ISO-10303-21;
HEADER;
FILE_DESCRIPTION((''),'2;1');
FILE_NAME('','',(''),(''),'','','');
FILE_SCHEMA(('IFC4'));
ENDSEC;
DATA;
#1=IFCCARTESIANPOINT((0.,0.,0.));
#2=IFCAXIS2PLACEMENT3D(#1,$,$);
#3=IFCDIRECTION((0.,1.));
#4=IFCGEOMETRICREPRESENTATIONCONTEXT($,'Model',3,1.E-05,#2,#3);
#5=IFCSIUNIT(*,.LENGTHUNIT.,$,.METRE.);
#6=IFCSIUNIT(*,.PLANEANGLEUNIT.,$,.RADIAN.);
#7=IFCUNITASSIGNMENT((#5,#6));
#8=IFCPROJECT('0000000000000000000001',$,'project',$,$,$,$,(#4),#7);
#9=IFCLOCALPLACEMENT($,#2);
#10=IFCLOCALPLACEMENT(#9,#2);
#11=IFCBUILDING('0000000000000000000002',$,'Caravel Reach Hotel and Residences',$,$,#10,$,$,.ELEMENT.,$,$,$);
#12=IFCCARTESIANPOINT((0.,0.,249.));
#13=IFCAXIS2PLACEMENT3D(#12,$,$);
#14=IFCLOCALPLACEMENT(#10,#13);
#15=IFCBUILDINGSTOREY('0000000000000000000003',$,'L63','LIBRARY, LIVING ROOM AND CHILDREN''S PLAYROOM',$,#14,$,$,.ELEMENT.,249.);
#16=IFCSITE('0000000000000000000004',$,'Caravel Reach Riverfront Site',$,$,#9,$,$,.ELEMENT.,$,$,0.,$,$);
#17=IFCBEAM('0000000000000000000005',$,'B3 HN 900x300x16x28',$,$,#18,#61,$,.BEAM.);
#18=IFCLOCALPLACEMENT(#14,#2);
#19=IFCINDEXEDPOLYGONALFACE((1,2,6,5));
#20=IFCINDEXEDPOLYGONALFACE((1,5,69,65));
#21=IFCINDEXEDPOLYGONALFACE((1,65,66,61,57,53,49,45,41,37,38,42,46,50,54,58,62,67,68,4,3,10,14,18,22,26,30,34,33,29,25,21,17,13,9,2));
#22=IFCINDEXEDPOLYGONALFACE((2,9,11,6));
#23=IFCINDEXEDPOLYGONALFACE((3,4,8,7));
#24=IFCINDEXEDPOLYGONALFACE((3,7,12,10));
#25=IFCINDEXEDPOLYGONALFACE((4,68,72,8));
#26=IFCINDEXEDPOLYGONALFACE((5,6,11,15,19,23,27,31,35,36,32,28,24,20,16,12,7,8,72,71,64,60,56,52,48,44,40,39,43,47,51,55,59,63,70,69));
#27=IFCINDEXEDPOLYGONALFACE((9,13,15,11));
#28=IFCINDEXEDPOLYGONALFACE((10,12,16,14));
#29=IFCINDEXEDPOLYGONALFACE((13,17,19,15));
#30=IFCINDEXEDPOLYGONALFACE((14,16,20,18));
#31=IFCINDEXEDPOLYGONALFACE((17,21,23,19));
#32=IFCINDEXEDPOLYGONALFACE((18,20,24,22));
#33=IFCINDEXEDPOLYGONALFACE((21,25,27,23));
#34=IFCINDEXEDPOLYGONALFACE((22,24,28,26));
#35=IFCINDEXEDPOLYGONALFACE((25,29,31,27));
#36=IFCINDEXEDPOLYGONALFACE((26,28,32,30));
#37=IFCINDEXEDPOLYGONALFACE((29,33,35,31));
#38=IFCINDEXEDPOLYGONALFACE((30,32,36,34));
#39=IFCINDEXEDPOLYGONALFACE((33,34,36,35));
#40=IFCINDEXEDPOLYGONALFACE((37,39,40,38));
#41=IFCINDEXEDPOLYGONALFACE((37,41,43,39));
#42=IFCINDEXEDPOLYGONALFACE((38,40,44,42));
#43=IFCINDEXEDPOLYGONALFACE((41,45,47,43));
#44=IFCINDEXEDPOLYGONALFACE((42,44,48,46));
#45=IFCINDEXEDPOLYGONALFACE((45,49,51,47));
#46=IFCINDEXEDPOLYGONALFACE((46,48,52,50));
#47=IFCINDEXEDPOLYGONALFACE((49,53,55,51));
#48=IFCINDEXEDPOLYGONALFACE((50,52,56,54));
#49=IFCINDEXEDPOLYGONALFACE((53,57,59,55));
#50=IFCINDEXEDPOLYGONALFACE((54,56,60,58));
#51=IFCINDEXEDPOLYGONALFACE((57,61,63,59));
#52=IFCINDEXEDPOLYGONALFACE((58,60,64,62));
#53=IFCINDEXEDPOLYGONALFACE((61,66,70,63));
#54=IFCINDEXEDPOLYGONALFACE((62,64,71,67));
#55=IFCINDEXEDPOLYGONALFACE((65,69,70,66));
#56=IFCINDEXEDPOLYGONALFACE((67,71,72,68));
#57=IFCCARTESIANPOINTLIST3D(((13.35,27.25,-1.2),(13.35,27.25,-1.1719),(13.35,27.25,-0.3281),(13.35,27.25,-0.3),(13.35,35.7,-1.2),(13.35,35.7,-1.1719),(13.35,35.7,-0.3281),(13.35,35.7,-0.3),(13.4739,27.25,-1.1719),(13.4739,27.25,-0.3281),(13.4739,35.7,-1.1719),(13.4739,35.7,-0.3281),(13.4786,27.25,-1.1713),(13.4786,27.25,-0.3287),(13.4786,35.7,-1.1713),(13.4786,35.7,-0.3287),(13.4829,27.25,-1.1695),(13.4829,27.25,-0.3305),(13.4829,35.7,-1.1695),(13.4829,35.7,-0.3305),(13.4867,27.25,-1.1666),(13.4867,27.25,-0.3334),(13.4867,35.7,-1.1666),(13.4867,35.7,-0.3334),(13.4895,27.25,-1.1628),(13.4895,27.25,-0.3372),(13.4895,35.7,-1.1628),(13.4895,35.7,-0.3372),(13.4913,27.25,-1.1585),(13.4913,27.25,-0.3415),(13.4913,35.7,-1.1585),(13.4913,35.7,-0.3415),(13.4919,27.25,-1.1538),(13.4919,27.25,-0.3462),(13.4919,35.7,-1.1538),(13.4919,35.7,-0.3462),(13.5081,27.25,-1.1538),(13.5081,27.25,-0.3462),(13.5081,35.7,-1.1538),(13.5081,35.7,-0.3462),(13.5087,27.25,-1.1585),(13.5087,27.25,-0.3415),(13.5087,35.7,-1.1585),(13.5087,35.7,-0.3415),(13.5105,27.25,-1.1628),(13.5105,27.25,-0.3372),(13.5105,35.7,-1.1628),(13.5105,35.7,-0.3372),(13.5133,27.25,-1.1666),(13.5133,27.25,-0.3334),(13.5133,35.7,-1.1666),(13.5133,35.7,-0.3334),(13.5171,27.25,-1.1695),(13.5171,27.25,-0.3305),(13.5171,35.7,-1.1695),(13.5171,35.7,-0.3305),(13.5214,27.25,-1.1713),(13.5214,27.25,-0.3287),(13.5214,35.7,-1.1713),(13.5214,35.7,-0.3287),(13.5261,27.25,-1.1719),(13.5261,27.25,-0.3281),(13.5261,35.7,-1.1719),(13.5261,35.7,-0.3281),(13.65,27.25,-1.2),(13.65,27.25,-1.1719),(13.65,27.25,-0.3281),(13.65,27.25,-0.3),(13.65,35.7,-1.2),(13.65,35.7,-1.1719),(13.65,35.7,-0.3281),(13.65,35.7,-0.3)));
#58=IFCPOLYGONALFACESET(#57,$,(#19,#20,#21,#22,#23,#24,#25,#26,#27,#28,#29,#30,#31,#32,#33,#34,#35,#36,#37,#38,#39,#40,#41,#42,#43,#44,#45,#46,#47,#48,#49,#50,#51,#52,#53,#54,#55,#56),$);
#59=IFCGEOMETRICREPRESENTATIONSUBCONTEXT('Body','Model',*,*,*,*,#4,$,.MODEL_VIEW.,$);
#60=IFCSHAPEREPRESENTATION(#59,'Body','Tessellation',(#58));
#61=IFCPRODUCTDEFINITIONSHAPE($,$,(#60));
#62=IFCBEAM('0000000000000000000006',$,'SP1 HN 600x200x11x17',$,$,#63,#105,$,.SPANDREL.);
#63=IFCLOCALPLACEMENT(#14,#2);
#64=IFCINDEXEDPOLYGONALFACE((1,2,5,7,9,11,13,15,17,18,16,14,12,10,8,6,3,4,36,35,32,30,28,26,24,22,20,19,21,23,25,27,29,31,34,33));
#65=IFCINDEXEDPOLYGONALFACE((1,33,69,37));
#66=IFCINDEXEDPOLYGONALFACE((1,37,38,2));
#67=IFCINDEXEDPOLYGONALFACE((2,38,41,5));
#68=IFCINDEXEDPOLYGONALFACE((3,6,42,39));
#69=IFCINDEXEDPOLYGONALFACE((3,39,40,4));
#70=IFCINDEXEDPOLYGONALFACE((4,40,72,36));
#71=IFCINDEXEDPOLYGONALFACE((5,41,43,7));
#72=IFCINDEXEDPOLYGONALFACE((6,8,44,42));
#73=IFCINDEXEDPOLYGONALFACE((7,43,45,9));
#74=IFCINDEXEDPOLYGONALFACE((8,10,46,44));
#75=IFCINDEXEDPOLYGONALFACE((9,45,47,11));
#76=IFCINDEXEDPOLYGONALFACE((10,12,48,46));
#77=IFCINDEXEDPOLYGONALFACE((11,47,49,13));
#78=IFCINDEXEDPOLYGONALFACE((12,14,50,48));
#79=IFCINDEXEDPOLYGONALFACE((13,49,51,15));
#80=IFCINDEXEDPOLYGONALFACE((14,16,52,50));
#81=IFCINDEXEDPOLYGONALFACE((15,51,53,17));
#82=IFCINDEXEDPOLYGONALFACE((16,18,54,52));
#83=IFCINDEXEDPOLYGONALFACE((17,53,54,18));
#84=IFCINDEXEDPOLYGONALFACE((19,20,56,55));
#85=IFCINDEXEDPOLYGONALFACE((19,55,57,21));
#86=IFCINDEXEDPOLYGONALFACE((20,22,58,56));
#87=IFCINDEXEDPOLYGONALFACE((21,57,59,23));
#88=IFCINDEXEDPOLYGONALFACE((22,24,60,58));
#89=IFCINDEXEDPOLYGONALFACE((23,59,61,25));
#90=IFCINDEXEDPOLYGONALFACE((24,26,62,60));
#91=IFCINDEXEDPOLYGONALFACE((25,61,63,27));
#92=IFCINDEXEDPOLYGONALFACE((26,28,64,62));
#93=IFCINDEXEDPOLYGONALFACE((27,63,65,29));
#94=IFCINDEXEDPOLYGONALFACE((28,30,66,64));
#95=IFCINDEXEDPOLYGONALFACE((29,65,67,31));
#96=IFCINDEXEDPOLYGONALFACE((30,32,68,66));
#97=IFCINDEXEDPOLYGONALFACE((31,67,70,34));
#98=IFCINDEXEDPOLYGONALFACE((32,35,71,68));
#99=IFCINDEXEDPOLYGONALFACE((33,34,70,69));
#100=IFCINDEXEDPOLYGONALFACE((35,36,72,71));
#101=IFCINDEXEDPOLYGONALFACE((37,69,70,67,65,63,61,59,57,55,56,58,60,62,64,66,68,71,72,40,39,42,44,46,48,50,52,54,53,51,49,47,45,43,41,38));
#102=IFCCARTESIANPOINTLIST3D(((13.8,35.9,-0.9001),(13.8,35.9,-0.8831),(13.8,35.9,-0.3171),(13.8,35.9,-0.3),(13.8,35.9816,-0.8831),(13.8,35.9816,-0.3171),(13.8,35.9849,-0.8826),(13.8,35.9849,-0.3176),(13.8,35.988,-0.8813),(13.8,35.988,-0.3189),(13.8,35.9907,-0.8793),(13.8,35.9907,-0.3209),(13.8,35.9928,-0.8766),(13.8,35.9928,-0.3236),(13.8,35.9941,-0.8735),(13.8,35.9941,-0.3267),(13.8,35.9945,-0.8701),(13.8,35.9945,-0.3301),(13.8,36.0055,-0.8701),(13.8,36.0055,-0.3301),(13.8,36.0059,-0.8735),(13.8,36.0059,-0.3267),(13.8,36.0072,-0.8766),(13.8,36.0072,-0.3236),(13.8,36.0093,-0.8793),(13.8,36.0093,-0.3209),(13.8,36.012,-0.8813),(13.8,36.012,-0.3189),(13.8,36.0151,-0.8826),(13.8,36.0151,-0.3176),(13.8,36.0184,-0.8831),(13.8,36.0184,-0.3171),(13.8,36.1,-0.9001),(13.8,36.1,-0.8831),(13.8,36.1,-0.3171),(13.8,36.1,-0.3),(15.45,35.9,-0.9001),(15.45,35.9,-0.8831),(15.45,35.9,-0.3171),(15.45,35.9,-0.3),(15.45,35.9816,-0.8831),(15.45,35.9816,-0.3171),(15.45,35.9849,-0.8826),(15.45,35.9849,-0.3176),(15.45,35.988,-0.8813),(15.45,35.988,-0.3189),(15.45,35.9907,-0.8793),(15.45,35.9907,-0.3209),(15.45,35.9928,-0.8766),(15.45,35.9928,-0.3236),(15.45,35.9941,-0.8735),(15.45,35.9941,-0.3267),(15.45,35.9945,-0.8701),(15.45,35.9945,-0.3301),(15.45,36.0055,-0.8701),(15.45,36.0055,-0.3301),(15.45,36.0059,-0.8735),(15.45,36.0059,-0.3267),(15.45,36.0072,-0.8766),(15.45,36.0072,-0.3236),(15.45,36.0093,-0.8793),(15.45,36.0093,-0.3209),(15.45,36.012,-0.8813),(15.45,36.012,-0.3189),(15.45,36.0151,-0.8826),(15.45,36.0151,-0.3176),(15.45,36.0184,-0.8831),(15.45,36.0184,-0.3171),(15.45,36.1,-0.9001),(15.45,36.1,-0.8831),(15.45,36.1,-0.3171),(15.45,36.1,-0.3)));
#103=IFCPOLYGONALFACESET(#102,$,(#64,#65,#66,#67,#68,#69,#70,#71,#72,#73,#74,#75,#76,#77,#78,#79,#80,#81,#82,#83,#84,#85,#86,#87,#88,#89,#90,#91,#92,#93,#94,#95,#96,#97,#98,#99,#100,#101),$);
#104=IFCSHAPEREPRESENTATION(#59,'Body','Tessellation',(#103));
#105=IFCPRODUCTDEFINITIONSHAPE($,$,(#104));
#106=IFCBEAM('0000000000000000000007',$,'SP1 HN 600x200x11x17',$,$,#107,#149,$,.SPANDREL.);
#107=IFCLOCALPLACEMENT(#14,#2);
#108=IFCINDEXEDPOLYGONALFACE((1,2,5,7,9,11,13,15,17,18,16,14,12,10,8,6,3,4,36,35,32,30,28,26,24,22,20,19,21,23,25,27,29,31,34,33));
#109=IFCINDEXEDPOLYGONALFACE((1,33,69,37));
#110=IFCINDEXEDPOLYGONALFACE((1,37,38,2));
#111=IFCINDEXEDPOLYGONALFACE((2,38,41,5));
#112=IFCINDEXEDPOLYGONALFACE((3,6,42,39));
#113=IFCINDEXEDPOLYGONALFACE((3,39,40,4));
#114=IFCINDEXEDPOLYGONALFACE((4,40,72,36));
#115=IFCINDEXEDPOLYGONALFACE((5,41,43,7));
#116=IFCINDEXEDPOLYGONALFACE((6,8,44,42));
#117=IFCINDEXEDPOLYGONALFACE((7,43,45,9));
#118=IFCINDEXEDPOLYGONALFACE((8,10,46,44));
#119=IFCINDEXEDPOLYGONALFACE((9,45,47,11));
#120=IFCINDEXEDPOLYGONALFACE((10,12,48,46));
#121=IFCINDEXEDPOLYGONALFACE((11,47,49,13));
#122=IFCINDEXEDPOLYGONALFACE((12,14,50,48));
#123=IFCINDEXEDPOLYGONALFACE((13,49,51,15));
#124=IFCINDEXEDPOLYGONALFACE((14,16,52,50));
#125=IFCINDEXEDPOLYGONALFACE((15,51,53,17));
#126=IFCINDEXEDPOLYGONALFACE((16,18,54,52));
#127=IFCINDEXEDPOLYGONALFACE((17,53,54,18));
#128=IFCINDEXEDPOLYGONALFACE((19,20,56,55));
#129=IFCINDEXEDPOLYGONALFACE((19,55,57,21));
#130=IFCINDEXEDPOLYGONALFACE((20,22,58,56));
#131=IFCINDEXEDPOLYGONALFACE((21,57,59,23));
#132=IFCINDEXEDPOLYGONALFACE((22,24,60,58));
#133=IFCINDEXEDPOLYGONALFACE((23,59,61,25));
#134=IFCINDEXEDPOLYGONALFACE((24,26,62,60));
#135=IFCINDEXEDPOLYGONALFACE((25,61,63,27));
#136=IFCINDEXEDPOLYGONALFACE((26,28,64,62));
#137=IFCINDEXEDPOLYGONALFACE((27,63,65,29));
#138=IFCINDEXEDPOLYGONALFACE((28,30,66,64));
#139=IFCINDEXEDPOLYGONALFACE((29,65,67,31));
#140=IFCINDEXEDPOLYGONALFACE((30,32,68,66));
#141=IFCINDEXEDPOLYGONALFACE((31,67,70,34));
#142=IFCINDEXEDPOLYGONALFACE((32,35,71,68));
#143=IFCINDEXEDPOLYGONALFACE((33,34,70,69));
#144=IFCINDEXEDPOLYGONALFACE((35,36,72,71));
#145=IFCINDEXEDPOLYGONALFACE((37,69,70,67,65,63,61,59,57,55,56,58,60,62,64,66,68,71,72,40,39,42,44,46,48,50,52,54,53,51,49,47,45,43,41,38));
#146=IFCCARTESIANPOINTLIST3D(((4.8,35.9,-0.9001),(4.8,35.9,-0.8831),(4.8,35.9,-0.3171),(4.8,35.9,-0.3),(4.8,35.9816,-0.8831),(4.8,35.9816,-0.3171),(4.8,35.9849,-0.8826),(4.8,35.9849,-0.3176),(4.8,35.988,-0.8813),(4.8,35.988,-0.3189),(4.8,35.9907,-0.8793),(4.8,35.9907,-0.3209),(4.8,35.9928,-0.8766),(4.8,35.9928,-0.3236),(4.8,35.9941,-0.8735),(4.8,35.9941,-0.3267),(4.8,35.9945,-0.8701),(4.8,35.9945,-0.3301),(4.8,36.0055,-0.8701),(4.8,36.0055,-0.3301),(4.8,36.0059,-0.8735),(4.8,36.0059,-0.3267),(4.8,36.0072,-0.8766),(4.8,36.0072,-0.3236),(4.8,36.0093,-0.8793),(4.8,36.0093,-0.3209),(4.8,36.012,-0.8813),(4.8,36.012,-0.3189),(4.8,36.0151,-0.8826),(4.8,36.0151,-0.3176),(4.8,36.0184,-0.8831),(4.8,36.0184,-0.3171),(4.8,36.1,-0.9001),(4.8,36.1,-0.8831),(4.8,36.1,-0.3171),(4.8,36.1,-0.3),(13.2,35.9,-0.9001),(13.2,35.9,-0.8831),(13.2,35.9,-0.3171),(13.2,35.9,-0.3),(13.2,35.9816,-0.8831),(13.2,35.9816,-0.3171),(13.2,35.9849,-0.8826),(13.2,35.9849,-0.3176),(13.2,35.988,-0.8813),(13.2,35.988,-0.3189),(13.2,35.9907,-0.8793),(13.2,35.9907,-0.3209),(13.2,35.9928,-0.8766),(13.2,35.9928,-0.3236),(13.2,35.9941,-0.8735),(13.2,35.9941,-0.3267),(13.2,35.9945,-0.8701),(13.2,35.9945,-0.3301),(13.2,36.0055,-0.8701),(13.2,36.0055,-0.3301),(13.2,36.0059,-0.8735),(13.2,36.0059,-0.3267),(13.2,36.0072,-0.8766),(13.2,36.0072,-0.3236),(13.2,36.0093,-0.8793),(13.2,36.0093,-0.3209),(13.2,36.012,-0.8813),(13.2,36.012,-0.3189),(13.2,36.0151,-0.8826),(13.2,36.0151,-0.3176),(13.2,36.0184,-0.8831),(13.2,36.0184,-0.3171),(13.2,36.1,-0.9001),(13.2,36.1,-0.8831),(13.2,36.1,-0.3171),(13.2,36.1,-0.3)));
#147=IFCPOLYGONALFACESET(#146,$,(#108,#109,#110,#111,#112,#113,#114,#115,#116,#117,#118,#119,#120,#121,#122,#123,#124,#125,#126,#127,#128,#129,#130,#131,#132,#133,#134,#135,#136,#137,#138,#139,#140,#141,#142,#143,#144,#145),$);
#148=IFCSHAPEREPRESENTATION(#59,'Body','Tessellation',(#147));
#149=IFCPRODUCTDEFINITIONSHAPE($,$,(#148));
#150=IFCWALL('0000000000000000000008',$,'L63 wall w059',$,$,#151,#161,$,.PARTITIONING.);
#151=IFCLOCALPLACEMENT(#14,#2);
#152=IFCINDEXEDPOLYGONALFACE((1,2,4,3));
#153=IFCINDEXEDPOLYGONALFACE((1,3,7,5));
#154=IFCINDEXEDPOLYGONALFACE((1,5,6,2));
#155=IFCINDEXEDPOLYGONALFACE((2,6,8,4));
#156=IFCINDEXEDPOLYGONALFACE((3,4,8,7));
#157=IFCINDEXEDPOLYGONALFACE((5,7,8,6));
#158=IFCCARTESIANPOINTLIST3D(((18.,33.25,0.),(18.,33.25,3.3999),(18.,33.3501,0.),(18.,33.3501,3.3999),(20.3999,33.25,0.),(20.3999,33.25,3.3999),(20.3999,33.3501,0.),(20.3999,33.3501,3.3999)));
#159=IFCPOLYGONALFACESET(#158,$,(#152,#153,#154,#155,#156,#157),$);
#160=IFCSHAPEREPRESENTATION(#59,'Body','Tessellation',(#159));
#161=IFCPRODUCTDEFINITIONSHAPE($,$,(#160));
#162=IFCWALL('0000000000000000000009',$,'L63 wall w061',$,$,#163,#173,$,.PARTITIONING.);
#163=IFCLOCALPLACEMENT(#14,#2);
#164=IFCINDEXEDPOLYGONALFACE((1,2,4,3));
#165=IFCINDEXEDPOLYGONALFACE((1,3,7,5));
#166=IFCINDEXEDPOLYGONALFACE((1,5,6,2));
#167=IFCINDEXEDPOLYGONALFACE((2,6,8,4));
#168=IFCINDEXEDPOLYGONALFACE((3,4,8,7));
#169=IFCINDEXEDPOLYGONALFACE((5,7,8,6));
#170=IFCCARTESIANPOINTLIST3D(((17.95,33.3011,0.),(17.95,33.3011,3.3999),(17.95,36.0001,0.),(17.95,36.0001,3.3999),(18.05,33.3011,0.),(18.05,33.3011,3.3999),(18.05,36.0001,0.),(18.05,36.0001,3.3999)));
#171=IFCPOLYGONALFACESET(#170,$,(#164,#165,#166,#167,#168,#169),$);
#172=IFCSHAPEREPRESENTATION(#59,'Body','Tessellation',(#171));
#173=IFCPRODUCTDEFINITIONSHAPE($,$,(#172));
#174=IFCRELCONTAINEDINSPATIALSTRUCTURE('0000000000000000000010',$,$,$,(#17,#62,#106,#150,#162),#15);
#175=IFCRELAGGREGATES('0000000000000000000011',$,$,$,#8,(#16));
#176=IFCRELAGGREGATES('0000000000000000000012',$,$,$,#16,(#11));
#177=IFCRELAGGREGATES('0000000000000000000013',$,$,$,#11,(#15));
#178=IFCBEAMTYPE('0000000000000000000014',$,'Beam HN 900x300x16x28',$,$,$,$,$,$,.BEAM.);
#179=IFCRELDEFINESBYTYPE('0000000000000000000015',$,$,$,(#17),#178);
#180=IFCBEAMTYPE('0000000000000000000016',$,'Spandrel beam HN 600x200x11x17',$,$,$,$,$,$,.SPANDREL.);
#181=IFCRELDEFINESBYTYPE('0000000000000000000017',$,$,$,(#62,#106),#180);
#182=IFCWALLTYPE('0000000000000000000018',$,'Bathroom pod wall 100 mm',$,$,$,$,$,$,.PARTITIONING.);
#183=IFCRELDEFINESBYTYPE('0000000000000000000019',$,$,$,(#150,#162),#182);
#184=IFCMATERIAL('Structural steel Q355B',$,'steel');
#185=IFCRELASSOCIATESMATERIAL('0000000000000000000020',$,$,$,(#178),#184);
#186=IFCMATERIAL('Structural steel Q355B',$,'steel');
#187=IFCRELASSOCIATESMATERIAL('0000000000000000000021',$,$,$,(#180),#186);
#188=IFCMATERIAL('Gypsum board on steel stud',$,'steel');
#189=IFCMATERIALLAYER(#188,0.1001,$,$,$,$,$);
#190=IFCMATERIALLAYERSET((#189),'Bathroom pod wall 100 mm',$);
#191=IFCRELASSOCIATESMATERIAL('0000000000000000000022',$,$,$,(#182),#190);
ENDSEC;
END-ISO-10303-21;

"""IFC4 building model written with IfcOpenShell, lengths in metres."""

from ifc_helpers import new_model, si_unit, direction, frame, frame_2d, origin, origin_2d, place, context, subcontext, project, spatial, rectangle, i_section, extrude, material, layer, layer_set, material_profile, profile_set, type_object, element, save


model = new_model("IFC4")

# Units and contexts
model_context = context("Model", 3, precision=1e-05, world=origin(), true_north=direction((0.0, 1.0)))
body_context = subcontext(model_context, "Body", "Model", "MODEL_VIEW")
ifc_project = project(units=[si_unit("LENGTHUNIT", "METRE"), si_unit("PLANEANGLEUNIT", "RADIAN")], contexts=[model_context])

# Site, building, storey
site_placement = place(None, origin())
site = spatial("IfcSite", under=ifc_project, at=site_placement, Name="Caravel Reach Riverfront Site", CompositionType="ELEMENT", RefElevation=0.0)
building_placement = place(site_placement, origin())
building = spatial("IfcBuilding", under=site, at=building_placement, Name="Caravel Reach Hotel and Residences", CompositionType="ELEMENT")
storey_placement = place(building_placement, frame((0.0, 0.0, 249.0)))
storey = spatial("IfcBuildingStorey", under=building, at=storey_placement, Name="L63", Description="LIBRARY, LIVING ROOM AND CHILDREN'S PLAYROOM", CompositionType="ELEMENT", Elevation=249.0)

# Beams
ifc_material_1 = material(Name="Structural steel Q355B", Category="steel")
ifc_material_profile_1 = material_profile(ifc_material_1, i_section(OverallWidth=0.3, OverallDepth=0.8999, WebThickness=0.0161, FlangeThickness=0.0281, FilletRadius=0.0181, at=origin_2d()), Name="HN 900x300x16x28")
ifc_profile_set_1 = profile_set([ifc_material_profile_1], Name="Structural steel Q355B")
beam_type_1 = type_object("IfcBeamType", Name="Beam HN 900x300x16x28", PredefinedType="BEAM", material=ifc_profile_set_1)
beam_1_placement = place(storey_placement, frame((13.5, 27.25, -0.75), z_axis=(0.0, 1.0, 0.0), x_axis=(-1.0, 0.0, 0.0)))
element("IfcBeam", 1, at=beam_1_placement, inside=storey, type_object=beam_type_1, Name="B3 HN 900x300x16x28", PredefinedType="BEAM", context=body_context, shape_type="SweptSolid", body=[
    extrude(i_section(OverallWidth=0.3, OverallDepth=0.8999, WebThickness=0.0161, FlangeThickness=0.0281, FilletRadius=0.0181, at=origin_2d()), origin(), (0.0, 0.0, 1.0), 8.45),
])
ifc_material_2 = material(Name="Structural steel Q355B", Category="steel")
ifc_material_profile_2 = material_profile(ifc_material_2, i_section(OverallWidth=0.2, OverallDepth=0.6001, WebThickness=0.011, FlangeThickness=0.0171, FilletRadius=0.0129, at=origin_2d()), Name="HN 600x200x11x17")
ifc_profile_set_2 = profile_set([ifc_material_profile_2], Name="Structural steel Q355B")
beam_type_2 = type_object("IfcBeamType", Name="Spandrel beam HN 600x200x11x17", PredefinedType="SPANDREL", material=ifc_profile_set_2)
beam_2_placement = place(storey_placement, frame((15.45, 36.0, -0.6001), z_axis=(-1.0, 0.0, 0.0), x_axis=(0.0, -1.0, 0.0)))
element("IfcBeam", 2, at=beam_2_placement, inside=storey, type_object=beam_type_2, Name="SP1 HN 600x200x11x17", PredefinedType="SPANDREL", context=body_context, shape_type="SweptSolid", body=[
    extrude(i_section(OverallWidth=0.2, OverallDepth=0.6001, WebThickness=0.011, FlangeThickness=0.0171, FilletRadius=0.0129, at=origin_2d()), origin(), (0.0, 0.0, 1.0), 1.6499),
])
beam_3_placement = place(storey_placement, frame((13.2, 36.0, -0.6001), z_axis=(-1.0, 0.0, 0.0), x_axis=(0.0, -1.0, 0.0)))
element("IfcBeam", 3, at=beam_3_placement, inside=storey, type_object=beam_type_2, Name="SP1 HN 600x200x11x17", PredefinedType="SPANDREL", context=body_context, shape_type="SweptSolid", body=[
    extrude(i_section(OverallWidth=0.2, OverallDepth=0.6001, WebThickness=0.011, FlangeThickness=0.0171, FilletRadius=0.0129, at=origin_2d()), origin(), (0.0, 0.0, 1.0), 8.3999),
])

# Walls
ifc_material_3 = material(Name="Gypsum board on steel stud", Category="steel")
ifc_layer_1 = layer(ifc_material_3, 0.1001)
ifc_layer_set_1 = layer_set([ifc_layer_1], Name="Bathroom pod wall 100 mm")
wall_type_1 = type_object("IfcWallType", Name="Bathroom pod wall 100 mm", PredefinedType="PARTITIONING", material=ifc_layer_set_1)
wall_1_placement = place(storey_placement, frame((18.0, 33.3, 0.0), z_axis=(0.0, 0.0, 1.0), x_axis=(1.0, 0.0, 0.0)))
element("IfcWall", 4, at=wall_1_placement, inside=storey, type_object=wall_type_1, Name="L63 wall w059", PredefinedType="PARTITIONING", context=body_context, shape_type="SweptSolid", body=[
    extrude(rectangle(XDim=2.3999, YDim=0.1001, at=frame_2d((1.2, 0.0))), origin(), (0.0, 0.0, 1.0), 3.3999),
])
wall_2_placement = place(storey_placement, frame((18.0, 33.301, 0.0), z_axis=(0.0, 0.0, 1.0), x_axis=(0.0, 1.0, 0.0)))
element("IfcWall", 5, at=wall_2_placement, inside=storey, type_object=wall_type_1, Name="L63 wall w061", PredefinedType="PARTITIONING", context=body_context, shape_type="SweptSolid", body=[
    extrude(rectangle(XDim=2.699, YDim=0.1001, at=frame_2d((1.3496, 0.0))), origin(), (0.0, 0.0, 1.0), 3.3999),
])

save(model, "model.ifc")
